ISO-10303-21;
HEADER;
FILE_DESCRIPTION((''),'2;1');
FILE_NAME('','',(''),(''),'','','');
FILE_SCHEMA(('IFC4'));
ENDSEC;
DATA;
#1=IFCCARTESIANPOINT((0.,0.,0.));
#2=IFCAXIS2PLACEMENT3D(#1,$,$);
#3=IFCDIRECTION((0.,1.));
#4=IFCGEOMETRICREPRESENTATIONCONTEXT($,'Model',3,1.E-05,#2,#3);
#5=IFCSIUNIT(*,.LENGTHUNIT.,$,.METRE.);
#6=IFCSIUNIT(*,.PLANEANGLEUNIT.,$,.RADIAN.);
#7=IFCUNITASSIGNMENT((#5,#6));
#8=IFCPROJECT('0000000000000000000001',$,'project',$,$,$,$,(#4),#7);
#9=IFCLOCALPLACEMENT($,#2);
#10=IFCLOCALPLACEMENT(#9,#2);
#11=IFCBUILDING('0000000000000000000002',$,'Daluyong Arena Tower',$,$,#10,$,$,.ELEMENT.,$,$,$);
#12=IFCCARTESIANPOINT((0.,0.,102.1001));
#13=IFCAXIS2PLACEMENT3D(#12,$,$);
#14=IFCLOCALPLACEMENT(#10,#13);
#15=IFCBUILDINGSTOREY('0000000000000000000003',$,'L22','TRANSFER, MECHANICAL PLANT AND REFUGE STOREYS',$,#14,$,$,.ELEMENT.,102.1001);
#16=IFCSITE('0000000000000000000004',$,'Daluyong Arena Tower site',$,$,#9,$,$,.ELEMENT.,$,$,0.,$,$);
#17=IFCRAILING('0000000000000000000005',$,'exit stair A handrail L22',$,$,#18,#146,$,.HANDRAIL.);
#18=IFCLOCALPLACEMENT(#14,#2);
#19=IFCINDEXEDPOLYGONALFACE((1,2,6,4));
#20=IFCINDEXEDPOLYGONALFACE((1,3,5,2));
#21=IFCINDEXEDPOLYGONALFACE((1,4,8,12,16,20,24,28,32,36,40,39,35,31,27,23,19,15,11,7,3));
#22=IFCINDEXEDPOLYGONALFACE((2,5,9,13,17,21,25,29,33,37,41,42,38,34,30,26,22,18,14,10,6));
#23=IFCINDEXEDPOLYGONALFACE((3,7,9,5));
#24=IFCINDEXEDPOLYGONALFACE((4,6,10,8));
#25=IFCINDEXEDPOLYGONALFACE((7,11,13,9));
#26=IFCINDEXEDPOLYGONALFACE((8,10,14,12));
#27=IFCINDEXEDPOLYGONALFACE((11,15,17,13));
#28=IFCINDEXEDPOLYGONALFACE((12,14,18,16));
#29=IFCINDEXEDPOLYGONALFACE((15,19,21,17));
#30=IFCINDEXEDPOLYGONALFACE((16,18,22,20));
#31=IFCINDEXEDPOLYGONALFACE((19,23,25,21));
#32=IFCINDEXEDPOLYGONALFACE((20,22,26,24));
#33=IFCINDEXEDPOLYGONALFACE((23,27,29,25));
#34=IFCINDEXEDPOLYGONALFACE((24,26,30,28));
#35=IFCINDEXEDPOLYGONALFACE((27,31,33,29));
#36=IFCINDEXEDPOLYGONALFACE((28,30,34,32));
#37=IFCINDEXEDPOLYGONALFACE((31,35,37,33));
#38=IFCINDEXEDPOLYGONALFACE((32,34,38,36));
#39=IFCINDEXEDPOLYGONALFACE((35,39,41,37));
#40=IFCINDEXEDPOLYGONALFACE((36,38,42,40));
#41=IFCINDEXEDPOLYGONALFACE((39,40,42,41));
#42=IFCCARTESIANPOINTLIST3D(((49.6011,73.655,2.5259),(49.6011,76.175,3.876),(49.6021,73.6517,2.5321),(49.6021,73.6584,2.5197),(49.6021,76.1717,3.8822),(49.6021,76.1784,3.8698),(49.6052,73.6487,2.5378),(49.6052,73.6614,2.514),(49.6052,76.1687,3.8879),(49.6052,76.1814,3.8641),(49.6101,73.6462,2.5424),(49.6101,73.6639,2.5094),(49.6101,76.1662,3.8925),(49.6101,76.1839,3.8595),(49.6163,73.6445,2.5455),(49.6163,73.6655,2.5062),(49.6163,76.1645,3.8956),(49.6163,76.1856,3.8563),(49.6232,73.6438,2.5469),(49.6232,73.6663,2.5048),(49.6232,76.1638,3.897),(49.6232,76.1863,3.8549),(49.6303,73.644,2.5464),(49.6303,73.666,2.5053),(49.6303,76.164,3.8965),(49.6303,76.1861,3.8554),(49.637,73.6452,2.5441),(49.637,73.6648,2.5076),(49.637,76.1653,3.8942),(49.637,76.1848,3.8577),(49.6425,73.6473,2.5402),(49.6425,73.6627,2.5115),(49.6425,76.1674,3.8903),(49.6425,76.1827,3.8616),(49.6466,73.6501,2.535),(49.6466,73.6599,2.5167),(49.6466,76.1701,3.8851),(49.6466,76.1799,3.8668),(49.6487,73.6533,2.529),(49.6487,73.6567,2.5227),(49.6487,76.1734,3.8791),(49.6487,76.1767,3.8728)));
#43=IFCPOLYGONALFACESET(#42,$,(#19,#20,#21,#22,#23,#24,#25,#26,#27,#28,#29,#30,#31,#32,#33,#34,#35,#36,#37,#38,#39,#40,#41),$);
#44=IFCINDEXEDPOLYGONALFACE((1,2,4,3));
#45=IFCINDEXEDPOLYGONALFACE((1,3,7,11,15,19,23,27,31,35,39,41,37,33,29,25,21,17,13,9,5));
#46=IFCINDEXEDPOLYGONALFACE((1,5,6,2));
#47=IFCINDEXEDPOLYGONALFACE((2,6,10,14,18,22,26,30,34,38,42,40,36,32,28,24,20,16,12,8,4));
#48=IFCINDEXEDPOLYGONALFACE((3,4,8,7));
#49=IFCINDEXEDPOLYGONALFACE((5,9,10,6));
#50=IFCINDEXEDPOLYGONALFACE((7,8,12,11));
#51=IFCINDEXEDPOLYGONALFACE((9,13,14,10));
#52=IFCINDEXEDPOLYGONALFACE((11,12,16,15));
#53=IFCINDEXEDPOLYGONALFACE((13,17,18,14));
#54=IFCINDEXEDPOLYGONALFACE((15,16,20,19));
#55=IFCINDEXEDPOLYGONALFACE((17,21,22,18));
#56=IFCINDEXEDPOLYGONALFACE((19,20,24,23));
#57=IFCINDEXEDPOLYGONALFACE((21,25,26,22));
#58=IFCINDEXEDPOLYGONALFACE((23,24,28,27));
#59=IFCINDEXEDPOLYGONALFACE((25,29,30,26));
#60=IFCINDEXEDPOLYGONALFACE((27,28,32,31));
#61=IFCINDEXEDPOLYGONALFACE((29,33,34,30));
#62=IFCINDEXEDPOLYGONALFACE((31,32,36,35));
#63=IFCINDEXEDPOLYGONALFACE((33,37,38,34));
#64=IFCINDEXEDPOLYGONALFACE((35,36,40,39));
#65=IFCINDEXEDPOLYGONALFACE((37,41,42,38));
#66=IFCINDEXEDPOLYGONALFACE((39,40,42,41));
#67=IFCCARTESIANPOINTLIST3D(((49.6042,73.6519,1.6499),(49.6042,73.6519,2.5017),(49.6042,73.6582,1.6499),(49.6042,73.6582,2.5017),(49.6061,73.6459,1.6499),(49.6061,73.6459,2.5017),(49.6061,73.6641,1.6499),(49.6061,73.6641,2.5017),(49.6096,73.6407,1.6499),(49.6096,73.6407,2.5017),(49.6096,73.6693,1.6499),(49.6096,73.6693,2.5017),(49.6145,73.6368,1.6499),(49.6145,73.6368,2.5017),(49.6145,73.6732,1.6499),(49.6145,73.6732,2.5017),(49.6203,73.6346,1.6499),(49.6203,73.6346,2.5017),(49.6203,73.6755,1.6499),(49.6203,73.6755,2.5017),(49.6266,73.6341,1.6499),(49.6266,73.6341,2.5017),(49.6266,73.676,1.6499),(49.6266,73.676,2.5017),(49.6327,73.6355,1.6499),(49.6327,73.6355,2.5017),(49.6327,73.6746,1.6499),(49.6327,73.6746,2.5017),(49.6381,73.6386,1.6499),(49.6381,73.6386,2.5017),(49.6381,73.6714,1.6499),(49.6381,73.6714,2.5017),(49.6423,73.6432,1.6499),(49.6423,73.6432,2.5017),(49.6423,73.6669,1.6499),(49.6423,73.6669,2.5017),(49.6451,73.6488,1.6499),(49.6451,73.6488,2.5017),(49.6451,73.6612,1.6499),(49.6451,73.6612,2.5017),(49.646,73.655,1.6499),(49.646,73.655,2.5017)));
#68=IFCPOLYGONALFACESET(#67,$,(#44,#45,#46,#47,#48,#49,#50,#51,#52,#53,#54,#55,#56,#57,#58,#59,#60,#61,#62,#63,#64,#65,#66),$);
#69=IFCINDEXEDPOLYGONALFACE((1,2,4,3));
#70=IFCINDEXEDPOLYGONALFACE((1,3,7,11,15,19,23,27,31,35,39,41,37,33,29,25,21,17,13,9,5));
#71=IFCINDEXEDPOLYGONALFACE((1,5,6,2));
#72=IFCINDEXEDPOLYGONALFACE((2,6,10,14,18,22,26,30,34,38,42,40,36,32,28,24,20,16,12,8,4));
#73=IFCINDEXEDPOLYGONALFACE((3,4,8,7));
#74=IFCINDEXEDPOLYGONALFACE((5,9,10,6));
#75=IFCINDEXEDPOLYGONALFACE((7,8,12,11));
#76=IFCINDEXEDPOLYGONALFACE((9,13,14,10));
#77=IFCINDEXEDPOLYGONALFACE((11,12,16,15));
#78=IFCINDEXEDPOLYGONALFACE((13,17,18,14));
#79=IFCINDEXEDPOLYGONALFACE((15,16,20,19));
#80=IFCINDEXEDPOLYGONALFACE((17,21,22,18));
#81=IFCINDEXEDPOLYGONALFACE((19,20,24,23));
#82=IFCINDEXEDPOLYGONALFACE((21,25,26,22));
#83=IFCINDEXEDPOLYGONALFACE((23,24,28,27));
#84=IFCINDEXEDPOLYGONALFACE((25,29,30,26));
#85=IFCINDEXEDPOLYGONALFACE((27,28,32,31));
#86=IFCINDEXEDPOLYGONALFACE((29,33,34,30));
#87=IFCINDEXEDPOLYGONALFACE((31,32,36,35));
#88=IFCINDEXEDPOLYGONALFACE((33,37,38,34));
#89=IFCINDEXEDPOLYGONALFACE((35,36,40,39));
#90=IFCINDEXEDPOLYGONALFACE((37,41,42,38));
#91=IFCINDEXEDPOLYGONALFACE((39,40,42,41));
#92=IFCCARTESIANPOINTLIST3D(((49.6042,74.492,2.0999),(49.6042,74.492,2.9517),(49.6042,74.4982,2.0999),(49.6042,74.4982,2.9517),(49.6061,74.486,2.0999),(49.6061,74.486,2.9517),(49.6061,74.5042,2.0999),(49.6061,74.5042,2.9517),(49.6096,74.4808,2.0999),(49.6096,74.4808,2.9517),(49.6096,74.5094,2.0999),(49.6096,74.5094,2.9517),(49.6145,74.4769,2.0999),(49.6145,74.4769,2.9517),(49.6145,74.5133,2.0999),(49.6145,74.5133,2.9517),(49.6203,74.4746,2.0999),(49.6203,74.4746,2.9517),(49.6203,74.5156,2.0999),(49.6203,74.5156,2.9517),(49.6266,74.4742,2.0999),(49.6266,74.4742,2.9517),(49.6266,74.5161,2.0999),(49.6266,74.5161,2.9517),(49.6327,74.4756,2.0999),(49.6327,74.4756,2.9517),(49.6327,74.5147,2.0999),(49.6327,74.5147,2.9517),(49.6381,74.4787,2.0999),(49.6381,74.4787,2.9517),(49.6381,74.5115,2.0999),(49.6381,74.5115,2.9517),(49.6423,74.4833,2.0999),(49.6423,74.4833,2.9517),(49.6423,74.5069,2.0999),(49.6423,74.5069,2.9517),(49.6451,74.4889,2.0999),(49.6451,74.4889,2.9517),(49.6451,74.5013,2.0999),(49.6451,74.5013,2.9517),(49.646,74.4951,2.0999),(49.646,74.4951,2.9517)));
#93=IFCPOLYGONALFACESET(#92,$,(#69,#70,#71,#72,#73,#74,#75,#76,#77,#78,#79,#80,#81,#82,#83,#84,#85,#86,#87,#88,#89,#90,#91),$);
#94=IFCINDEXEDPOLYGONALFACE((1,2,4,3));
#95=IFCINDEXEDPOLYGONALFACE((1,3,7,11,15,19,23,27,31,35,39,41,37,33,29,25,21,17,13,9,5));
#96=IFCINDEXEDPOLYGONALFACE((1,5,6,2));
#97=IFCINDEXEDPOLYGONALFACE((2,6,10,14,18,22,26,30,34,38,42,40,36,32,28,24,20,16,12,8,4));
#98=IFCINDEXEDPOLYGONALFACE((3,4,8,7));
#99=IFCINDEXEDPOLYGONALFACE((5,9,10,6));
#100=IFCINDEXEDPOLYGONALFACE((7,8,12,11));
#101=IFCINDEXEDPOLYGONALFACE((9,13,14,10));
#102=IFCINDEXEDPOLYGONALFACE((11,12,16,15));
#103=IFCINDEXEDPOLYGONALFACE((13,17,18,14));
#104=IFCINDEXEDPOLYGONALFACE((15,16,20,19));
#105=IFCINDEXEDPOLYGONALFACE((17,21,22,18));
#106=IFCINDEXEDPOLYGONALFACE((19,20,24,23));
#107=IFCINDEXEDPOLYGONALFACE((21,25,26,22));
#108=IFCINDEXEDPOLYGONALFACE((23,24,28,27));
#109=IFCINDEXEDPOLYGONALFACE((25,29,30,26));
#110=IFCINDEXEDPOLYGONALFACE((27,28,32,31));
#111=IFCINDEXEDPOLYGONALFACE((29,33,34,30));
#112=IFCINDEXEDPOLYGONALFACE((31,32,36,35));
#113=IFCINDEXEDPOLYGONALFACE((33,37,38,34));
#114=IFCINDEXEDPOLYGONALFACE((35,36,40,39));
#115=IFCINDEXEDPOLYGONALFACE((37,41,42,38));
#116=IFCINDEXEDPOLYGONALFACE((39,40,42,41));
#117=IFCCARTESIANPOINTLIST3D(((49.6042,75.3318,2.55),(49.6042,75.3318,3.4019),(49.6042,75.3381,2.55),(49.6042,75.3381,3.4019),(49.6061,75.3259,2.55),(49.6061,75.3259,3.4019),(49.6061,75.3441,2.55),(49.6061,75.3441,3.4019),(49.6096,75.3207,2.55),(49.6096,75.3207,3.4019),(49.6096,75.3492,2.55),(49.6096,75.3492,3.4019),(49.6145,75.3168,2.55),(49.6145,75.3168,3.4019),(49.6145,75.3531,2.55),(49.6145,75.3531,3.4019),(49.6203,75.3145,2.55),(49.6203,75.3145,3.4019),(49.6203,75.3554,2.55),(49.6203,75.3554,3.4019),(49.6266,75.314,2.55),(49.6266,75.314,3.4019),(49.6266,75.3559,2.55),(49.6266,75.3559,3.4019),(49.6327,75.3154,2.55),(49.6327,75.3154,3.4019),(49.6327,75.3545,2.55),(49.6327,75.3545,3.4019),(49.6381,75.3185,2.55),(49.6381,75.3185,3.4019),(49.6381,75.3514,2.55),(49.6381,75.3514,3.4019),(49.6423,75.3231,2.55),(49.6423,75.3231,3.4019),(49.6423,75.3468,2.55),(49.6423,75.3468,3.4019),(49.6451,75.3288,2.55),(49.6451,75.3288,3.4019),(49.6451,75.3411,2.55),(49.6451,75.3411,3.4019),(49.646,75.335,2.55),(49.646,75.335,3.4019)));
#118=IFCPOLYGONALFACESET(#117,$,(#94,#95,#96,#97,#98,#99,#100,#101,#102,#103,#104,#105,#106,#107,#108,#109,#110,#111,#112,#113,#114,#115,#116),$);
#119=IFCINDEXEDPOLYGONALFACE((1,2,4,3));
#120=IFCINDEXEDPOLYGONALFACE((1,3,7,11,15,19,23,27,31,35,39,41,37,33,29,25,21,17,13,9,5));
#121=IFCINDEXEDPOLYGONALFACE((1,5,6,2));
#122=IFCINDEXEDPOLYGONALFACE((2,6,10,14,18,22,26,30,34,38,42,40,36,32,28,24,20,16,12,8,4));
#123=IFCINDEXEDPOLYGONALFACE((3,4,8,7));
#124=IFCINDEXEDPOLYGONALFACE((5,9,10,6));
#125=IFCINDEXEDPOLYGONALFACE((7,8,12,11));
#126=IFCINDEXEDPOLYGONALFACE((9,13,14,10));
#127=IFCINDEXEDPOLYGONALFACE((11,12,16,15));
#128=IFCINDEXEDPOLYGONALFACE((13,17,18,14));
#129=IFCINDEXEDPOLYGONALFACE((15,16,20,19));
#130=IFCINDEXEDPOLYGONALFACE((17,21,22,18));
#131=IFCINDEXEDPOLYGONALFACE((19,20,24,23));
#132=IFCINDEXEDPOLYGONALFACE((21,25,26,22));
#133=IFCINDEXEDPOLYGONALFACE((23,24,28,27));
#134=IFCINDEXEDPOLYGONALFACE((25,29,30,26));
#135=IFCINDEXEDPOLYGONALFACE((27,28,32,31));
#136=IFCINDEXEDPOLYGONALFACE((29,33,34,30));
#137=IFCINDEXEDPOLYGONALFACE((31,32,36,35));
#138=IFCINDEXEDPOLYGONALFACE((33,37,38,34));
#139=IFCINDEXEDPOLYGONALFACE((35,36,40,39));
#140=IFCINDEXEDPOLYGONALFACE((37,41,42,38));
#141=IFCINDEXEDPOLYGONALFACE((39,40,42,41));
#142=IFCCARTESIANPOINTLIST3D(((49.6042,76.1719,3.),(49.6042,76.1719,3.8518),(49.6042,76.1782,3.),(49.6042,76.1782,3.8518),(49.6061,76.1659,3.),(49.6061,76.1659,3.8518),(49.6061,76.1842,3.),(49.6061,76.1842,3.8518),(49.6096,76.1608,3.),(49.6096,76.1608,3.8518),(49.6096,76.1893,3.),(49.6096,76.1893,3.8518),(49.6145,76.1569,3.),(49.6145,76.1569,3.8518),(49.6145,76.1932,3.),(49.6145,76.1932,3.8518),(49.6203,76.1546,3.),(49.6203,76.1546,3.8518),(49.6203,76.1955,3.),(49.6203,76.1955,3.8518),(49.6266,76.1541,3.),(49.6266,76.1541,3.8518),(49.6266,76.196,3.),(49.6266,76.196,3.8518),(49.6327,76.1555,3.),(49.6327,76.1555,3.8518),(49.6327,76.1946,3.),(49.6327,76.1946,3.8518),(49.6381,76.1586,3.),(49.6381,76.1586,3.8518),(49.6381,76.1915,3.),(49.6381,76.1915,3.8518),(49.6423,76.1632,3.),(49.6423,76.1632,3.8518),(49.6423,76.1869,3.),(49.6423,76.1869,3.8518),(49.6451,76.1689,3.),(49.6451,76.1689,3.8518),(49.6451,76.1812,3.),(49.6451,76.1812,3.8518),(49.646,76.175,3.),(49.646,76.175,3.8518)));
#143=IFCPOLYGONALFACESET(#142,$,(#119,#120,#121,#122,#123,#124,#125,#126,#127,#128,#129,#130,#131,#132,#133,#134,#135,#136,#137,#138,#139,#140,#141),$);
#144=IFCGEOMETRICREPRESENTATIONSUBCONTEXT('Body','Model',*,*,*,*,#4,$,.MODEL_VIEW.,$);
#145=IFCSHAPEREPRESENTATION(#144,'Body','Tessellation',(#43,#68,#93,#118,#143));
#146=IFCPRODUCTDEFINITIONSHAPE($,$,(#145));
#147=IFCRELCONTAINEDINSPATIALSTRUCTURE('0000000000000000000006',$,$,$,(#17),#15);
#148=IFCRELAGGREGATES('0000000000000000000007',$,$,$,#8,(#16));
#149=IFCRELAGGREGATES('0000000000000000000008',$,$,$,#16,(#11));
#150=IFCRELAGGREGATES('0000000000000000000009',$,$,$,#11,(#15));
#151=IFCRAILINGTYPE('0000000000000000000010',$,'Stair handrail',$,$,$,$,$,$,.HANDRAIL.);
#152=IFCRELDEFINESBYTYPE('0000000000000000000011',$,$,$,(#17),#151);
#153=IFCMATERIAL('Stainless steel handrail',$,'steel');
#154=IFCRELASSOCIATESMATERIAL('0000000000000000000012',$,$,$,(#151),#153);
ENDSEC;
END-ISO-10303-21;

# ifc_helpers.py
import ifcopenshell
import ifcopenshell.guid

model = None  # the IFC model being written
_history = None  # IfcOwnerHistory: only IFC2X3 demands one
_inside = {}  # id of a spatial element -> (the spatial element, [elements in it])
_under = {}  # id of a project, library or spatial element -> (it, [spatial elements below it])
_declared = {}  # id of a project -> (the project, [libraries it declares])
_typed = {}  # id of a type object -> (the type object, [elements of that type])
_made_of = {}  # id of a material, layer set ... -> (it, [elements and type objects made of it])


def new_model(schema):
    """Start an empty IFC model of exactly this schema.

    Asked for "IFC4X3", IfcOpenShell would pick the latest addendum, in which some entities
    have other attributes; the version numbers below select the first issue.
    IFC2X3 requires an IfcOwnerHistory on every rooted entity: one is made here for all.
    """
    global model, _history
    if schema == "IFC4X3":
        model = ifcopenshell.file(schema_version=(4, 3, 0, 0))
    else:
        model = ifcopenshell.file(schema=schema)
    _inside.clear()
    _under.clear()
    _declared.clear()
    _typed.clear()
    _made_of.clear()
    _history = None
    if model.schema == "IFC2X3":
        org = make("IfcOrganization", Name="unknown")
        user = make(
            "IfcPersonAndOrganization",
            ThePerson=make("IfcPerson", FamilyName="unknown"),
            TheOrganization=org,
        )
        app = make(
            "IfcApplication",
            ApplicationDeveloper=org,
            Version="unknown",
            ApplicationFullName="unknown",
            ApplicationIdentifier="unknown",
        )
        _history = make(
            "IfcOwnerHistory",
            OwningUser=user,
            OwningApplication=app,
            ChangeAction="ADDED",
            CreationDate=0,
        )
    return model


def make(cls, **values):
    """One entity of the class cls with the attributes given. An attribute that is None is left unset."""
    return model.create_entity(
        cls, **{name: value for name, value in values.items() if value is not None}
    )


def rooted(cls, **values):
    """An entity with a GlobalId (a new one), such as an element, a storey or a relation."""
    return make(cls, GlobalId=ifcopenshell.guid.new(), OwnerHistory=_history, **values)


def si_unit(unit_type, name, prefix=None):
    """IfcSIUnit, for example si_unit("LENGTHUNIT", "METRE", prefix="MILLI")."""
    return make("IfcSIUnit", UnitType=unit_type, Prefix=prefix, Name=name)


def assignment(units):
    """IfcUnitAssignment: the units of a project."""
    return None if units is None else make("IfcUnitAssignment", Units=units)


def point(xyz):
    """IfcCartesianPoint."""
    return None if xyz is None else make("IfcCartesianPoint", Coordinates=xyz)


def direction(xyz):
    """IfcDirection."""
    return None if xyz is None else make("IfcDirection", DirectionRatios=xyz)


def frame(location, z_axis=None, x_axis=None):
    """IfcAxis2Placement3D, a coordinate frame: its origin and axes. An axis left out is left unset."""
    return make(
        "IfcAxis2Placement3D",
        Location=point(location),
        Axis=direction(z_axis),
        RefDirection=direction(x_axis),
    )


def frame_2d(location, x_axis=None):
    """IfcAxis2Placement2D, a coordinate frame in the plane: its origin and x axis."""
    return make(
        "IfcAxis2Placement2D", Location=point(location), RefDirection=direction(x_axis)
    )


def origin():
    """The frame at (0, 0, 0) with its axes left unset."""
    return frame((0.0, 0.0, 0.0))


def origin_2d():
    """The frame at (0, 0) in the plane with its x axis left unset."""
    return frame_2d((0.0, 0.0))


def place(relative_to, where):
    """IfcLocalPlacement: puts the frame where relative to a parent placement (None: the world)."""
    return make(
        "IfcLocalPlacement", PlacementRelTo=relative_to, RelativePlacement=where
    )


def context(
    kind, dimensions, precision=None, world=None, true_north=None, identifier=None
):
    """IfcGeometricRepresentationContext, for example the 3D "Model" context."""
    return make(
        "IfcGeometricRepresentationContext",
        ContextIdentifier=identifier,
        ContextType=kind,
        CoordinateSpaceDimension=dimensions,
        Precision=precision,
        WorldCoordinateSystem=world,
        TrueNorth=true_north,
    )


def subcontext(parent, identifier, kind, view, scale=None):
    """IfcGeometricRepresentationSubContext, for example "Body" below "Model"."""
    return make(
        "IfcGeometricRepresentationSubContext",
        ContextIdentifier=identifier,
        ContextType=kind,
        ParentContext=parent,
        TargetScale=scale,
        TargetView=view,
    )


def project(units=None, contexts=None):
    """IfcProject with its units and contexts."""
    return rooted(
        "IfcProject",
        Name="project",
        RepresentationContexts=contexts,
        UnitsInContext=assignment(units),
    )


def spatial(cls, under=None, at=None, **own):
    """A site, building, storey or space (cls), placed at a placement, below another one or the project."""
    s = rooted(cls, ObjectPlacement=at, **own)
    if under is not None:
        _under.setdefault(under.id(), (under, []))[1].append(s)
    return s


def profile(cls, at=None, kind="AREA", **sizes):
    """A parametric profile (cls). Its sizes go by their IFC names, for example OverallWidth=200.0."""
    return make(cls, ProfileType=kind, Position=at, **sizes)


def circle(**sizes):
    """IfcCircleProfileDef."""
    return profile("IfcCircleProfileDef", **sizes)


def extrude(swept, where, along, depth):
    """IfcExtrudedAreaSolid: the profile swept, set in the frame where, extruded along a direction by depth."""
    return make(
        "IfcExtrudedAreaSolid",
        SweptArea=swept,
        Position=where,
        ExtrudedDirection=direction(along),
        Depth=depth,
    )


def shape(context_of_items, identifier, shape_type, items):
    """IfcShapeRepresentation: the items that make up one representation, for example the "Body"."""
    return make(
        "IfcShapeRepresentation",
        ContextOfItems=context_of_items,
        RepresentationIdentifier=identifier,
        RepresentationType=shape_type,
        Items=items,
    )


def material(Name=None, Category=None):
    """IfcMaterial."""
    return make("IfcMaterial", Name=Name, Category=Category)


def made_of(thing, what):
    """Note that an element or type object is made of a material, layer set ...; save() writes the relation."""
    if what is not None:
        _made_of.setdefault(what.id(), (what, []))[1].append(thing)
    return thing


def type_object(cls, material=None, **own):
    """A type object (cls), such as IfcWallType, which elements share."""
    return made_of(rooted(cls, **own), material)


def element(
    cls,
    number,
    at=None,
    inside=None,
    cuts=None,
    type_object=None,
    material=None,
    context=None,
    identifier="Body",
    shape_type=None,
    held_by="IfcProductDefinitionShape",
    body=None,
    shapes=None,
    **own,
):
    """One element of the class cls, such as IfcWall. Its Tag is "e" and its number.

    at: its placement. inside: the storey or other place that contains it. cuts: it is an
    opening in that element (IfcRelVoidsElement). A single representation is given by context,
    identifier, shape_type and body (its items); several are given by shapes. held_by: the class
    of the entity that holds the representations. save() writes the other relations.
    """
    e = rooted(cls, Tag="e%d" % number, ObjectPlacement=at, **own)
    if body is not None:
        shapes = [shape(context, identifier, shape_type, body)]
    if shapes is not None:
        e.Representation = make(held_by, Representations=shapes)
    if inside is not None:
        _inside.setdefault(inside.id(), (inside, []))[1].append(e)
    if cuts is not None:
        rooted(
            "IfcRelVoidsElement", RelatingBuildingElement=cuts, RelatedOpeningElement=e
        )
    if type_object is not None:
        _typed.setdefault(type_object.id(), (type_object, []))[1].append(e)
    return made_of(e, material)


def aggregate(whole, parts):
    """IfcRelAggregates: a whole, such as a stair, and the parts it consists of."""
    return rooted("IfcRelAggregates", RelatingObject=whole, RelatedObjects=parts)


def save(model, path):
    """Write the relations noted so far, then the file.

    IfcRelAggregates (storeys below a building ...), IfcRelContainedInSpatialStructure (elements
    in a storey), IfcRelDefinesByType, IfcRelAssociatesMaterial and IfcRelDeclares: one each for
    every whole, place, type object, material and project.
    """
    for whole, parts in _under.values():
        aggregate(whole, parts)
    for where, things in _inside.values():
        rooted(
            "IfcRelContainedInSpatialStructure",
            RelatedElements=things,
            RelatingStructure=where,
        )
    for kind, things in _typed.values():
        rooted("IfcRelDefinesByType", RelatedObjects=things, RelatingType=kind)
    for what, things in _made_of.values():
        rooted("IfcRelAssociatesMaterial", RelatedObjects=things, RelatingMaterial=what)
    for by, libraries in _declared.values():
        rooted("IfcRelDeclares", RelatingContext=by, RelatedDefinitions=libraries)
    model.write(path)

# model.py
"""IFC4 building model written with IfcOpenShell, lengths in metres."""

from ifc_helpers import new_model, si_unit, direction, frame, origin, origin_2d, place, context, subcontext, project, spatial, circle, extrude, material, type_object, element, save


model = new_model("IFC4")

# Units and contexts
model_context = context("Model", 3, precision=1e-05, world=origin(), true_north=direction((0.0, 1.0)))
body_context = subcontext(model_context, "Body", "Model", "MODEL_VIEW")
ifc_project = project(units=[si_unit("LENGTHUNIT", "METRE"), si_unit("PLANEANGLEUNIT", "RADIAN")], contexts=[model_context])

# Site, building, storey
site_placement = place(None, origin())
site = spatial("IfcSite", under=ifc_project, at=site_placement, Name="Daluyong Arena Tower site", CompositionType="ELEMENT", RefElevation=0.0)
building_placement = place(site_placement, origin())
building = spatial("IfcBuilding", under=site, at=building_placement, Name="Daluyong Arena Tower", CompositionType="ELEMENT")
storey_placement = place(building_placement, frame((0.0, 0.0, 102.1001)))
storey = spatial("IfcBuildingStorey", under=building, at=storey_placement, Name="L22", Description="TRANSFER, MECHANICAL PLANT AND REFUGE STOREYS", CompositionType="ELEMENT", Elevation=102.1001)

# Railing
ifc_material_1 = material(Name="Stainless steel handrail", Category="steel")
railing_type_1 = type_object("IfcRailingType", Name="Stair handrail", PredefinedType="HANDRAIL", material=ifc_material_1)
railing_1_placement = place(storey_placement, frame((49.625, 73.655, 1.6499)))
element("IfcRailing", 1, at=railing_1_placement, inside=storey, type_object=railing_type_1, Name="exit stair A handrail L22", PredefinedType="HANDRAIL", context=body_context, shape_type="SweptSolid", body=[
    extrude(circle(Radius=0.0239, at=origin_2d()), frame((0.0, 0.0, 0.876), z_axis=(0.0, 0.881467, 0.472245), x_axis=(-1.0, 0.0, 0.0)), (0.0, 0.0, 1.0), 2.8589),
    extrude(circle(Radius=0.021, at=origin_2d()), origin(), (0.0, 0.0, 1.0), 0.8518),
    extrude(circle(Radius=0.021, at=origin_2d()), frame((0.0, 0.8401, 0.45)), (0.0, 0.0, 1.0), 0.8518),
    extrude(circle(Radius=0.021, at=origin_2d()), frame((0.0, 1.6799, 0.9001)), (0.0, 0.0, 1.0), 0.8518),
    extrude(circle(Radius=0.021, at=origin_2d()), frame((0.0, 2.52, 1.3501)), (0.0, 0.0, 1.0), 0.8518),
])

save(model, "model.ifc")
